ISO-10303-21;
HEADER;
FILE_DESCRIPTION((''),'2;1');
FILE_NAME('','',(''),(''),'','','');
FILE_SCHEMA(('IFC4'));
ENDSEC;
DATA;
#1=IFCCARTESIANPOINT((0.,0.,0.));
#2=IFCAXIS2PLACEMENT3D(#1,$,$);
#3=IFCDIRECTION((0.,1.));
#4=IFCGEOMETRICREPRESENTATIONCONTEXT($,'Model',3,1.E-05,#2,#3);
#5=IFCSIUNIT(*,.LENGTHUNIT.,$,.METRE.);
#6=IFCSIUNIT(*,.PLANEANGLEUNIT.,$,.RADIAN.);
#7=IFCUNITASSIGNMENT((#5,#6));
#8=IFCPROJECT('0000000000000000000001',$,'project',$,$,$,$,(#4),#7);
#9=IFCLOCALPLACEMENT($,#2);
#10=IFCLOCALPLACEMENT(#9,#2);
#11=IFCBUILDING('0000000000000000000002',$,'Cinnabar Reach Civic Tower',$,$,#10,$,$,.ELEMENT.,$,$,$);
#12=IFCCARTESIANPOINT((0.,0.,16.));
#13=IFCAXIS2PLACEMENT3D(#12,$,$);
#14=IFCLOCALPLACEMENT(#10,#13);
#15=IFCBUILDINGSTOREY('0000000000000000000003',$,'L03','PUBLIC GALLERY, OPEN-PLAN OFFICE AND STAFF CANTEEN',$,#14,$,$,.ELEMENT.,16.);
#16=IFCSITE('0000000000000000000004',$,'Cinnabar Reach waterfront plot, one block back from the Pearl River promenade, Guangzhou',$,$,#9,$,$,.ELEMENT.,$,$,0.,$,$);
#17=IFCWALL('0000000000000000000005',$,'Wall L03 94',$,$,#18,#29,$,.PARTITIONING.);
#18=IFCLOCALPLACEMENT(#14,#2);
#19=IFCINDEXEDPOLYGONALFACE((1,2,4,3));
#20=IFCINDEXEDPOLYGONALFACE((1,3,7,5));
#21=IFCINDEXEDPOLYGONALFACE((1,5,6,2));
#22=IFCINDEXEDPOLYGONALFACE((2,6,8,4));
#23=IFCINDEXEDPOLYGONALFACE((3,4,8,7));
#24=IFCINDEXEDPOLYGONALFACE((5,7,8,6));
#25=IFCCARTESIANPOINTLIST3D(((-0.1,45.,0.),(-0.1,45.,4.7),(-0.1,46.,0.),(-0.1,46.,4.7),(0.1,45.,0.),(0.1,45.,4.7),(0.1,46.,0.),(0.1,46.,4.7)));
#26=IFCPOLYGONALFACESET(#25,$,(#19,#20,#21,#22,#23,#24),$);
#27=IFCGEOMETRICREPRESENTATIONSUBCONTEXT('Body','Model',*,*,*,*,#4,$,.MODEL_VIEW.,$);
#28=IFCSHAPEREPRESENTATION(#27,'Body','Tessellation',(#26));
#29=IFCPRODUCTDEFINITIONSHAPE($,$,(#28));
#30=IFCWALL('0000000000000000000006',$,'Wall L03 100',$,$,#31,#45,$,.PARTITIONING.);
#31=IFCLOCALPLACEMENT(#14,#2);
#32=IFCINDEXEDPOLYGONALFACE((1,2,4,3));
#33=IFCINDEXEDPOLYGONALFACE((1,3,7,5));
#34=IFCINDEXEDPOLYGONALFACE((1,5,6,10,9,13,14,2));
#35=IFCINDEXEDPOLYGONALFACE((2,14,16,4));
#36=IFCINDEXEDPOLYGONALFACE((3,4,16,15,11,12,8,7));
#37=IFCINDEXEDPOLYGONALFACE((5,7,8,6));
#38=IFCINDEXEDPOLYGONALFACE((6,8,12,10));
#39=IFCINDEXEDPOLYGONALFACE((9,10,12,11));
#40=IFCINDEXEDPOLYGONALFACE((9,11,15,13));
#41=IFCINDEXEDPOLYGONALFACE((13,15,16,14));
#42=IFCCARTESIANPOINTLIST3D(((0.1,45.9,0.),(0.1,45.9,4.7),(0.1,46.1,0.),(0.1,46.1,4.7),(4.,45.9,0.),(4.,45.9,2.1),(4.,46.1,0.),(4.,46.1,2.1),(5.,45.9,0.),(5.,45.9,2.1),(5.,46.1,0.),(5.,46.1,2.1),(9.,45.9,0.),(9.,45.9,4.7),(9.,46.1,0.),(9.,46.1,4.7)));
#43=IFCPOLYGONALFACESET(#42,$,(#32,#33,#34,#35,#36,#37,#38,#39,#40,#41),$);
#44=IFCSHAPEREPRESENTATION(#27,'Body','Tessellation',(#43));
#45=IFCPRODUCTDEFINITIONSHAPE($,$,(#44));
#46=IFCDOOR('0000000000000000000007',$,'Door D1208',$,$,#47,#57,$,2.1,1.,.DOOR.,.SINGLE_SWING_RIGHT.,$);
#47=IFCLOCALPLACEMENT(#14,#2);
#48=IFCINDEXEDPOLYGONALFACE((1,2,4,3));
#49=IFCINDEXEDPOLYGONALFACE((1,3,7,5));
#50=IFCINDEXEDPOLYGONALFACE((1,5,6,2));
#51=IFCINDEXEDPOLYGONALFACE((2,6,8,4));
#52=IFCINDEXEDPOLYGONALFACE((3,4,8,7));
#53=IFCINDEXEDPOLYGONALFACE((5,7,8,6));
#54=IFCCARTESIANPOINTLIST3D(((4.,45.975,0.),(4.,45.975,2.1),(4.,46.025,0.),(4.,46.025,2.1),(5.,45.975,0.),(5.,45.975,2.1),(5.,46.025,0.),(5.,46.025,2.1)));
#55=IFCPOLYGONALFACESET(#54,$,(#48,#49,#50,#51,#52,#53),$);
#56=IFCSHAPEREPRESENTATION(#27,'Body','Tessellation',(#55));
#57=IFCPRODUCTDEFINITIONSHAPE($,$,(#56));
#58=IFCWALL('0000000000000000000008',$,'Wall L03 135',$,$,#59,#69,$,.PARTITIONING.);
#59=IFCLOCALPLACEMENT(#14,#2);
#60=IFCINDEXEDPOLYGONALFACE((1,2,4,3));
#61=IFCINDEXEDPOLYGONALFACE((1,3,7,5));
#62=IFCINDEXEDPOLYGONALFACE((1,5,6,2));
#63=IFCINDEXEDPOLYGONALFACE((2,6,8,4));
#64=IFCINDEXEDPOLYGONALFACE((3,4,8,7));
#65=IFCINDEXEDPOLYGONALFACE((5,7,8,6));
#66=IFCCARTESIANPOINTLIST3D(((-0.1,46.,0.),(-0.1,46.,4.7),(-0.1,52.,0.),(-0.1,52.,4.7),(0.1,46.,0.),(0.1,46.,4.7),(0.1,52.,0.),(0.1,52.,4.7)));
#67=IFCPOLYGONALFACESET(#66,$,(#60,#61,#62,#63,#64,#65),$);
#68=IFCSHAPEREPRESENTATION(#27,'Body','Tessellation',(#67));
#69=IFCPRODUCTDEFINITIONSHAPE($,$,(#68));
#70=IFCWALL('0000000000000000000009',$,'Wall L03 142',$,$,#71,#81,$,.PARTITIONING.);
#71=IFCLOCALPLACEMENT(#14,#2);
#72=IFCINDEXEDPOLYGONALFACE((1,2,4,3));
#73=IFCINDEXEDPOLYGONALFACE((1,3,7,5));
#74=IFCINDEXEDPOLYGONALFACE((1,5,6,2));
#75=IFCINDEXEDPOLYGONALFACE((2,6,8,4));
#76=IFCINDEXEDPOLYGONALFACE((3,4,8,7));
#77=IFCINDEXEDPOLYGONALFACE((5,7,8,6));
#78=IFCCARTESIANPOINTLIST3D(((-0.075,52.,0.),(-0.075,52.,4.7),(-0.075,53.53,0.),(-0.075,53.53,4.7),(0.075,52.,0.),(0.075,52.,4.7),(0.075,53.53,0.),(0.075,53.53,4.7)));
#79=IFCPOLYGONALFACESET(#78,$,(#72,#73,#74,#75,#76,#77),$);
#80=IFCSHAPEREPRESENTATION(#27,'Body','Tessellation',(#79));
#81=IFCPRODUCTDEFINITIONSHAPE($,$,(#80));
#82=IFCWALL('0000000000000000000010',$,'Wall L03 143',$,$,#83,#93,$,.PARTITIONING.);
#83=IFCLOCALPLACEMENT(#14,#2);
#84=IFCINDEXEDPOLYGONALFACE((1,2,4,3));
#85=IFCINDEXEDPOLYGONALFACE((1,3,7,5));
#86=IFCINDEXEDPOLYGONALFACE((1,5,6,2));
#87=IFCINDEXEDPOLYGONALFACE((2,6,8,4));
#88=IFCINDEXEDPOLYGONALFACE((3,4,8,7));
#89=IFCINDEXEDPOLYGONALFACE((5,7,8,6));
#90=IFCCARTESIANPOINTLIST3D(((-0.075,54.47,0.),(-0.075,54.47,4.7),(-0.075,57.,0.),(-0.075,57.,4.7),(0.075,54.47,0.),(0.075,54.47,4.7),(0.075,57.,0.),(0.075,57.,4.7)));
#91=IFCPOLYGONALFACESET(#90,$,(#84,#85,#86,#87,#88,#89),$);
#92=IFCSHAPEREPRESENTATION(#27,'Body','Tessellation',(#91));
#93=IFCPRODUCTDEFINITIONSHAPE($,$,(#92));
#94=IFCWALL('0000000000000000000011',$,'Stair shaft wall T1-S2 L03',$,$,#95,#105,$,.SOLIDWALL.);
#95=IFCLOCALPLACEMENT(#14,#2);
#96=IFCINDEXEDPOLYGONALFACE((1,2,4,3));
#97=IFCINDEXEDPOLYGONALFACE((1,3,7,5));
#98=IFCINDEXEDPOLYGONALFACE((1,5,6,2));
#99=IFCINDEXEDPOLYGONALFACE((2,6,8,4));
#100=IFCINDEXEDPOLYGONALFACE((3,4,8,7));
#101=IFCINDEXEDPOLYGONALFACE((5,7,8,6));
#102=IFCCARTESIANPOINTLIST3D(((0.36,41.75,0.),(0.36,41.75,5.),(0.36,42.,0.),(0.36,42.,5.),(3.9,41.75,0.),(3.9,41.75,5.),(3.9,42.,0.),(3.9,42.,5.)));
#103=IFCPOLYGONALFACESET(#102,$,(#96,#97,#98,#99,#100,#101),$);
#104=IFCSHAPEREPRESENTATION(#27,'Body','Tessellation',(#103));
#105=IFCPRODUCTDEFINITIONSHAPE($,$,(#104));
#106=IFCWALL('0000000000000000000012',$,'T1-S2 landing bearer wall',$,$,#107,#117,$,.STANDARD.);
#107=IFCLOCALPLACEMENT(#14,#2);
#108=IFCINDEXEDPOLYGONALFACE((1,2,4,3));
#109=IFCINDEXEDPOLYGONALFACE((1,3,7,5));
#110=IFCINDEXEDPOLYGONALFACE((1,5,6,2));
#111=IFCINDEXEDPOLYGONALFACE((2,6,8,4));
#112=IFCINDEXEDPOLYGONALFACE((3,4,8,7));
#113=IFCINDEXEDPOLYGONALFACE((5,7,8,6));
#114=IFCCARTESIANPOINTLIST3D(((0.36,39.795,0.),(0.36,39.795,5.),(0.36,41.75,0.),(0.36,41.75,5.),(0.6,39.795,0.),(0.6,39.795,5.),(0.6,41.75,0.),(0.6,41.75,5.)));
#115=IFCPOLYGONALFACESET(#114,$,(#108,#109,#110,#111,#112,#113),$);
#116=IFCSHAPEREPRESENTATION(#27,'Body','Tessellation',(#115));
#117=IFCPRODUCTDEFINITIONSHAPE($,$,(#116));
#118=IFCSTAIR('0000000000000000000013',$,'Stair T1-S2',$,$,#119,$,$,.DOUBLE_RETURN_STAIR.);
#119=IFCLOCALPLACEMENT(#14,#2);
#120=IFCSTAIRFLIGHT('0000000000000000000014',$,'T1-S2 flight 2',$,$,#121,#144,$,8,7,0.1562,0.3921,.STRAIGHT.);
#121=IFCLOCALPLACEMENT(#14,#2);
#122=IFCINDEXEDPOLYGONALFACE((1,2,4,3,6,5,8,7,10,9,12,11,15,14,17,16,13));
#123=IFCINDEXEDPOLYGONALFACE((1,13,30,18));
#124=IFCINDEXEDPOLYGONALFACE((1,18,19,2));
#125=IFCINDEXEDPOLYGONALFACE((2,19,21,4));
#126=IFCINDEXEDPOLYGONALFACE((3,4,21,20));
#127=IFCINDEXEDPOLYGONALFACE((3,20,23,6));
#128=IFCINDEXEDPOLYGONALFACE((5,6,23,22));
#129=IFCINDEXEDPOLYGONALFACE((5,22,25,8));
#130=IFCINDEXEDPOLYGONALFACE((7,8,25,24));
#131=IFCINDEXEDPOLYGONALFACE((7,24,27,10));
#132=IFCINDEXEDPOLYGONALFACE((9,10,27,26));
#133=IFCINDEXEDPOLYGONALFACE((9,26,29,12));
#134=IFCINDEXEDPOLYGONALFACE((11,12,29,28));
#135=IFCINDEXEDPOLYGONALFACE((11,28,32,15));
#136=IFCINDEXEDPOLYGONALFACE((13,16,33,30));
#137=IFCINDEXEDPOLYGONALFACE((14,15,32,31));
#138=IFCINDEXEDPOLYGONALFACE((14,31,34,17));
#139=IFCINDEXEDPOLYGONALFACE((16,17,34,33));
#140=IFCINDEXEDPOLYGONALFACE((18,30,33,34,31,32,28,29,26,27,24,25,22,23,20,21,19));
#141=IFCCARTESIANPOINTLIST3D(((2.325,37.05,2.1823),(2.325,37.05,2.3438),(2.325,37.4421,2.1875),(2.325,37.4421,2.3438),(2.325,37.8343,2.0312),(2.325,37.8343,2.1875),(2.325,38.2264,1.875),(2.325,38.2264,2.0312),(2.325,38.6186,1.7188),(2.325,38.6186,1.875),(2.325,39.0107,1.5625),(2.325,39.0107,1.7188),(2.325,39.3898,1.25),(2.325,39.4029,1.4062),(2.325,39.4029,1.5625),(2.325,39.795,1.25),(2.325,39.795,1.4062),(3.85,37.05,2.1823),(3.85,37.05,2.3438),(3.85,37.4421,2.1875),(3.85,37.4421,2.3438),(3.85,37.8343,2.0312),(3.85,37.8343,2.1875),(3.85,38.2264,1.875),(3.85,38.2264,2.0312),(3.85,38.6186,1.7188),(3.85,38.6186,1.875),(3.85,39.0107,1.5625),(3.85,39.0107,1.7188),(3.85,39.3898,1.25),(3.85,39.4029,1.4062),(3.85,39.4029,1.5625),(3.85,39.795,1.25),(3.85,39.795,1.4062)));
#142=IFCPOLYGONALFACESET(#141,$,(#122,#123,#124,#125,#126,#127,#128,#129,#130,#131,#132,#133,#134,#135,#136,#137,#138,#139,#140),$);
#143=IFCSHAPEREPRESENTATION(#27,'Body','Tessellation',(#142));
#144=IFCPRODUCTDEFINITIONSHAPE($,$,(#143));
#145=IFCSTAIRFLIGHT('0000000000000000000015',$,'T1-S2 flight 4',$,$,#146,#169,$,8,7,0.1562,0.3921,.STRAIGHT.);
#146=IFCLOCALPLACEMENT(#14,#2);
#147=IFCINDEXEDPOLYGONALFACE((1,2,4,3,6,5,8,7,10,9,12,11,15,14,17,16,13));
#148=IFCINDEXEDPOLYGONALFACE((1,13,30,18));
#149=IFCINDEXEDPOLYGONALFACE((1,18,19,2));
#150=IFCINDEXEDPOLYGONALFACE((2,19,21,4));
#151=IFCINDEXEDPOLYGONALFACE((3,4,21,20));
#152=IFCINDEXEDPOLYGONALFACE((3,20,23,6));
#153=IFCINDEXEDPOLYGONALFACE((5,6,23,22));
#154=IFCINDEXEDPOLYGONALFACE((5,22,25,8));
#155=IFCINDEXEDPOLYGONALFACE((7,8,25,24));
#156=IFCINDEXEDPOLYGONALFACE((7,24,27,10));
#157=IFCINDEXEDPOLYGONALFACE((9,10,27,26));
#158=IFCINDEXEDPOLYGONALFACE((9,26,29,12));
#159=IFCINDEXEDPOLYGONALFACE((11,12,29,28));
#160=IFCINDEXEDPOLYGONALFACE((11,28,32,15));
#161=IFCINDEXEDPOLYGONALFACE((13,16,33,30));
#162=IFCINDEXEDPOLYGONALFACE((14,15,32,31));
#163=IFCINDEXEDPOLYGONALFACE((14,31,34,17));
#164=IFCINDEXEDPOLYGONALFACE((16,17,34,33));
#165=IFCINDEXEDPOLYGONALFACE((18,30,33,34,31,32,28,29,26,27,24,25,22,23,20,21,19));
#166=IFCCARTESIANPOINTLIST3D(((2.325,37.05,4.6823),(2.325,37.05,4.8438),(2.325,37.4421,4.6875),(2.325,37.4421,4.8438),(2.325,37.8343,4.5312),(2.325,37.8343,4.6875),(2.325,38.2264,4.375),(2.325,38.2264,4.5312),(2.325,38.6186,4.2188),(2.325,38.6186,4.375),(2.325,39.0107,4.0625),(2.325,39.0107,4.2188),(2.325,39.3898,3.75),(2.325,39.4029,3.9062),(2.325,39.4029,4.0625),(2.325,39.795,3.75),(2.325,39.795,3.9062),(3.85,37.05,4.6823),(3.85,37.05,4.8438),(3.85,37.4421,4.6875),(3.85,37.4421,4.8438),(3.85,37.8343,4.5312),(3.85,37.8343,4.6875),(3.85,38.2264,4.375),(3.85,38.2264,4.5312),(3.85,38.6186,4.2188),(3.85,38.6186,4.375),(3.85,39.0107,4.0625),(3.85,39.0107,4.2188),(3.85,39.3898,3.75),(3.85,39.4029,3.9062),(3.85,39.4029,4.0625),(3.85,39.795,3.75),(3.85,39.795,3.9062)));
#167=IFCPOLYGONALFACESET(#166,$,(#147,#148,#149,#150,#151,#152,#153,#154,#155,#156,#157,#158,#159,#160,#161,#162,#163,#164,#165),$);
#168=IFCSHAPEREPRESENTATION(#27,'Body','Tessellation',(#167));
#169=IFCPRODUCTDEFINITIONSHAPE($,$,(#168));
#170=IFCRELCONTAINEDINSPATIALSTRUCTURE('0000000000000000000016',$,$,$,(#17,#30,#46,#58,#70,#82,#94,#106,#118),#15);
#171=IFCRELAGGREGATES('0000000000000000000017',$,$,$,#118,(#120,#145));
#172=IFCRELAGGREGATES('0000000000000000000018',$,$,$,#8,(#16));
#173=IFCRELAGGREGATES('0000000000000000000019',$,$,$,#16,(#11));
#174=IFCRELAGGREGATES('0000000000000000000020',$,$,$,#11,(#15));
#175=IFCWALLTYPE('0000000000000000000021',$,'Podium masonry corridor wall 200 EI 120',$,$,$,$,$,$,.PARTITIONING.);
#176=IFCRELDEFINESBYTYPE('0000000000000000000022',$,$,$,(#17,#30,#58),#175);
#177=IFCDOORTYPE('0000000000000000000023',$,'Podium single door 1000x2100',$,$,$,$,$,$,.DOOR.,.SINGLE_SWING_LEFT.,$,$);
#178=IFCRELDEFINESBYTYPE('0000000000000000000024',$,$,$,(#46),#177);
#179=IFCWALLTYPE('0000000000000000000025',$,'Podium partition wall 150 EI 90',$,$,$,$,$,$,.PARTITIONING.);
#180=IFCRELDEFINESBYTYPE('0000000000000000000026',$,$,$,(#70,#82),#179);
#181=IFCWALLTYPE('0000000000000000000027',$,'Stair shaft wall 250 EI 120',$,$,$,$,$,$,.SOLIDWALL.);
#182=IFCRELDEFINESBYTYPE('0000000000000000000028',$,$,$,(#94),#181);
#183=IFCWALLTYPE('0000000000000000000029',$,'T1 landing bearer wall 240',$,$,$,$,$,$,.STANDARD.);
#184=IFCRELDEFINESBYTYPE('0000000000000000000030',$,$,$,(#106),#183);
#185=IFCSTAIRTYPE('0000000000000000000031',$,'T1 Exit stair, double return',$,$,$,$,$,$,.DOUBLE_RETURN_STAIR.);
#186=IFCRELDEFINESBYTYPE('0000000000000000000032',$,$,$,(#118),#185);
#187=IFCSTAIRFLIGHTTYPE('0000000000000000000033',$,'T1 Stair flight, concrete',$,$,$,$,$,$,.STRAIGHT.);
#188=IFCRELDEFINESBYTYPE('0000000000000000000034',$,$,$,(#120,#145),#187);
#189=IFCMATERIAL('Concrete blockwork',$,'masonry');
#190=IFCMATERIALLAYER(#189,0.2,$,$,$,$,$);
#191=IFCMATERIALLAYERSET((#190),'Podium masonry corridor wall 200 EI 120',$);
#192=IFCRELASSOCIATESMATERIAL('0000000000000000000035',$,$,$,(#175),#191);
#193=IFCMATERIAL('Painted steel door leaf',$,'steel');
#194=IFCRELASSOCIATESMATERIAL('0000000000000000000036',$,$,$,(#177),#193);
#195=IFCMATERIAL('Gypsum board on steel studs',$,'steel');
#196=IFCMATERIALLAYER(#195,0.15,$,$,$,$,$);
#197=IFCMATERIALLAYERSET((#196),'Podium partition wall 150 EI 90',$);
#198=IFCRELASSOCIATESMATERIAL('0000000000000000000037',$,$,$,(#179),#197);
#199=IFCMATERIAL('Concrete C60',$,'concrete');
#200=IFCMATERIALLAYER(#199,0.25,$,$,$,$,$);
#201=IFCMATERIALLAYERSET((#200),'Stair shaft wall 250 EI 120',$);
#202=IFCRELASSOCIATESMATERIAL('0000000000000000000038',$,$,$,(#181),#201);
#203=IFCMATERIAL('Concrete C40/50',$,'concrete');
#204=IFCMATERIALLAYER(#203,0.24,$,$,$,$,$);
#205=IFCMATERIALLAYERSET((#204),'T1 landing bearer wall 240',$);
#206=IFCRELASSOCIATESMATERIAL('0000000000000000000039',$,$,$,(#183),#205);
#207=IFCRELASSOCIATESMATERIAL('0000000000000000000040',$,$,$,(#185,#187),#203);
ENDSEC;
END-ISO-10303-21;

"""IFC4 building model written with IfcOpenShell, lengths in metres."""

from ifc_helpers import new_model, si_unit, direction, frame, frame_2d, origin, place, context, subcontext, project, spatial, polyline, rectangle, outline, extrude, material, layer, layer_set, type_object, element, fill, aggregate, save


model = new_model("IFC4")

# Units and contexts
model_context = context("Model", 3, precision=1e-05, world=origin(), true_north=direction((0.0, 1.0)))
body_context = subcontext(model_context, "Body", "Model", "MODEL_VIEW")
ifc_project = project(units=[si_unit("LENGTHUNIT", "METRE"), si_unit("PLANEANGLEUNIT", "RADIAN")], contexts=[model_context])

# Site, building, storey
site_placement = place(None, origin())
site = spatial("IfcSite", under=ifc_project, at=site_placement, Name="Cinnabar Reach waterfront plot, one block back from the Pearl River promenade, Guangzhou", CompositionType="ELEMENT", RefElevation=0.0)
building_placement = place(site_placement, origin())
building = spatial("IfcBuilding", under=site, at=building_placement, Name="Cinnabar Reach Civic Tower", CompositionType="ELEMENT")
storey_placement = place(building_placement, frame((0.0, 0.0, 16.0)))
storey = spatial("IfcBuildingStorey", under=building, at=storey_placement, Name="L03", Description="PUBLIC GALLERY, OPEN-PLAN OFFICE AND STAFF CANTEEN", CompositionType="ELEMENT", Elevation=16.0)

# Wall
ifc_material_1 = material(Name="Gypsum board on steel studs", Category="steel")
ifc_material_2 = material(Name="Concrete blockwork", Category="masonry")
ifc_layer_1 = layer(ifc_material_2, 0.2)
ifc_layer_set_1 = layer_set([ifc_layer_1], Name="Podium masonry corridor wall 200 EI 120")
wall_type_1 = type_object("IfcWallType", Name="Podium masonry corridor wall 200 EI 120", PredefinedType="PARTITIONING", material=ifc_layer_set_1)
wall_1_placement = place(storey_placement, frame((0.0, 45.0, 0.0), z_axis=(0.0, 0.0, 1.0), x_axis=(0.0, 1.0, 0.0)))
element("IfcWall", 1, at=wall_1_placement, inside=storey, type_object=wall_type_1, Name="Wall L03 94", PredefinedType="PARTITIONING", context=body_context, shape_type="SweptSolid", body=[
    extrude(rectangle(XDim=1.0, YDim=0.2, at=frame_2d((0.5, 0.0))), origin(), (0.0, 0.0, 1.0), 4.7),
])

# Wall, opening, door
wall_2_placement = place(storey_placement, frame((0.1, 46.0, 0.0), z_axis=(0.0, 0.0, 1.0), x_axis=(1.0, 0.0, 0.0)))
wall_2 = element("IfcWall", 2, at=wall_2_placement, inside=storey, type_object=wall_type_1, Name="Wall L03 100", PredefinedType="PARTITIONING", context=body_context, shape_type="SweptSolid", body=[
    extrude(rectangle(XDim=8.9, YDim=0.2, at=frame_2d((4.45, 0.0))), origin(), (0.0, 0.0, 1.0), 4.7),
])
opening_1_placement = place(wall_2_placement, frame((3.9, 0.0, 0.0)))
opening_1 = element("IfcOpeningElement", 3, at=opening_1_placement, cuts=wall_2, PredefinedType="OPENING", context=body_context, shape_type="SweptSolid", body=[
    extrude(rectangle(XDim=1.0, YDim=2.1, at=frame_2d((0.5, 1.05))), frame((0.0, 0.11, 0.0), z_axis=(0.0, -1.0, 0.0), x_axis=(1.0, 0.0, 0.0)), (0.0, 0.0, 1.0), 0.22),
])
ifc_material_3 = material(Name="Painted steel door leaf", Category="steel")
door_type_1 = type_object("IfcDoorType", Name="Podium single door 1000x2100", OperationType="SINGLE_SWING_LEFT", PredefinedType="DOOR", material=ifc_material_3)
door_1_placement = place(opening_1_placement, frame((1.0, 0.0, 0.0), z_axis=(0.0, 0.0, 1.0), x_axis=(-1.0, 0.0, 0.0)))
door_1 = element("IfcDoor", 4, at=door_1_placement, inside=storey, type_object=door_type_1, Name="Door D1208", OperationType="SINGLE_SWING_RIGHT", OverallHeight=2.1, OverallWidth=1.0, PredefinedType="DOOR", context=body_context, shape_type="SweptSolid", body=[
    extrude(rectangle(XDim=1.0, YDim=2.1, at=frame_2d((0.5, 1.05))), frame((0.0, 0.025, 0.0), z_axis=(0.0, -1.0, 0.0), x_axis=(1.0, 0.0, 0.0)), (0.0, 0.0, 1.0), 0.05),
])
fill(opening_1, door_1)

# Walls
wall_3_placement = place(storey_placement, frame((0.0, 46.0, 0.0), z_axis=(0.0, 0.0, 1.0), x_axis=(0.0, 1.0, 0.0)))
element("IfcWall", 5, at=wall_3_placement, inside=storey, type_object=wall_type_1, Name="Wall L03 135", PredefinedType="PARTITIONING", context=body_context, shape_type="SweptSolid", body=[
    extrude(rectangle(XDim=6.0, YDim=0.2, at=frame_2d((3.0, 0.0))), origin(), (0.0, 0.0, 1.0), 4.7),
])
ifc_layer_2 = layer(ifc_material_1, 0.15)
ifc_layer_set_2 = layer_set([ifc_layer_2], Name="Podium partition wall 150 EI 90")
wall_type_2 = type_object("IfcWallType", Name="Podium partition wall 150 EI 90", PredefinedType="PARTITIONING", material=ifc_layer_set_2)
wall_4_placement = place(storey_placement, frame((0.0, 52.0, 0.0), z_axis=(0.0, 0.0, 1.0), x_axis=(0.0, 1.0, 0.0)))
element("IfcWall", 6, at=wall_4_placement, inside=storey, type_object=wall_type_2, Name="Wall L03 142", PredefinedType="PARTITIONING", context=body_context, shape_type="SweptSolid", body=[
    extrude(rectangle(XDim=1.53, YDim=0.15, at=frame_2d((0.765, 0.0))), origin(), (0.0, 0.0, 1.0), 4.7),
])
wall_5_placement = place(storey_placement, frame((0.0, 54.47, 0.0), z_axis=(0.0, 0.0, 1.0), x_axis=(0.0, 1.0, 0.0)))
element("IfcWall", 7, at=wall_5_placement, inside=storey, type_object=wall_type_2, Name="Wall L03 143", PredefinedType="PARTITIONING", context=body_context, shape_type="SweptSolid", body=[
    extrude(rectangle(XDim=2.53, YDim=0.15, at=frame_2d((1.265, 0.0))), origin(), (0.0, 0.0, 1.0), 4.7),
])
ifc_material_4 = material(Name="Concrete C60", Category="concrete")
ifc_layer_3 = layer(ifc_material_4, 0.25)
ifc_layer_set_3 = layer_set([ifc_layer_3], Name="Stair shaft wall 250 EI 120")
wall_type_3 = type_object("IfcWallType", Name="Stair shaft wall 250 EI 120", PredefinedType="SOLIDWALL", material=ifc_layer_set_3)
wall_6_placement = place(storey_placement, frame((3.9, 41.875, 0.0), z_axis=(0.0, 0.0, 1.0), x_axis=(-1.0, 0.0, 0.0)))
element("IfcWall", 8, at=wall_6_placement, inside=storey, type_object=wall_type_3, Name="Stair shaft wall T1-S2 L03", PredefinedType="SOLIDWALL", context=body_context, shape_type="SweptSolid", body=[
    extrude(rectangle(XDim=3.54, YDim=0.25, at=frame_2d((1.77, 0.0))), origin(), (0.0, 0.0, 1.0), 5.0),
])
ifc_material_5 = material(Name="Concrete C40/50", Category="concrete")
ifc_layer_4 = layer(ifc_material_5, 0.24)
ifc_layer_set_4 = layer_set([ifc_layer_4], Name="T1 landing bearer wall 240")
wall_type_4 = type_object("IfcWallType", Name="T1 landing bearer wall 240", PredefinedType="STANDARD", material=ifc_layer_set_4)
wall_7_placement = place(storey_placement, frame((0.48, 39.795, 0.0), z_axis=(0.0, 0.0, 1.0), x_axis=(0.0, 1.0, 0.0)))
element("IfcWall", 9, at=wall_7_placement, inside=storey, type_object=wall_type_4, Name="T1-S2 landing bearer wall", PredefinedType="STANDARD", context=body_context, shape_type="SweptSolid", body=[
    extrude(rectangle(XDim=1.955, YDim=0.24, at=frame_2d((0.9775, 0.0))), origin(), (0.0, 0.0, 1.0), 5.0),
])

# Stair, stair flights
stair_type = type_object("IfcStairType", Name="T1 Exit stair, double return", PredefinedType="DOUBLE_RETURN_STAIR", material=ifc_material_5)
stair_placement = place(storey_placement, origin())
stair = element("IfcStair", 10, at=stair_placement, inside=storey, type_object=stair_type, Name="Stair T1-S2", PredefinedType="DOUBLE_RETURN_STAIR")
stair_flight_type = type_object("IfcStairFlightType", Name="T1 Stair flight, concrete", PredefinedType="STRAIGHT", material=ifc_material_5)
stair_flight_1_placement = place(storey_placement, frame((3.0875, 39.795, 1.25), z_axis=(0.0, 0.0, 1.0), x_axis=(0.0, -1.0, 0.0)))
stair_flight_1 = element("IfcStairFlight", 11, at=stair_flight_1_placement, type_object=stair_flight_type, Name="T1-S2 flight 2", NumberOfRisers=8, NumberOfTreads=7, PredefinedType="STRAIGHT", RiserHeight=0.1562, TreadLength=0.3921, context=body_context, shape_type="SweptSolid", body=[
    extrude(outline(polyline([(0.0, 0.0), (0.0, 0.1562), (0.3921, 0.1562), (0.3921, 0.3125), (0.7843, 0.3125), (0.7843, 0.4688), (1.1764, 0.4688), (1.1764, 0.625), (1.5686, 0.625), (1.5686, 0.7812), (1.9607, 0.7812), (1.9607, 0.9375), (2.3529, 0.9375), (2.3529, 1.0938), (2.745, 1.0938), (2.745, 1.25), (2.745, 0.9323), (0.4052, 0.0), (0.0, 0.0)])), frame((0.0, 0.7625, 0.0), z_axis=(0.0, -1.0, 0.0), x_axis=(1.0, 0.0, 0.0)), (0.0, 0.0, 1.0), 1.525),
])
stair_flight_2_placement = place(storey_placement, frame((3.0875, 39.795, 3.75), z_axis=(0.0, 0.0, 1.0), x_axis=(0.0, -1.0, 0.0)))
stair_flight_2 = element("IfcStairFlight", 12, at=stair_flight_2_placement, type_object=stair_flight_type, Name="T1-S2 flight 4", NumberOfRisers=8, NumberOfTreads=7, PredefinedType="STRAIGHT", RiserHeight=0.1562, TreadLength=0.3921, context=body_context, shape_type="SweptSolid", body=[
    extrude(outline(polyline([(0.0, 0.0), (0.0, 0.1562), (0.3921, 0.1562), (0.3921, 0.3125), (0.7843, 0.3125), (0.7843, 0.4688), (1.1764, 0.4688), (1.1764, 0.625), (1.5686, 0.625), (1.5686, 0.7812), (1.9607, 0.7812), (1.9607, 0.9375), (2.3529, 0.9375), (2.3529, 1.0938), (2.745, 1.0938), (2.745, 1.25), (2.745, 0.9323), (0.4052, 0.0), (0.0, 0.0)])), frame((0.0, 0.7625, 0.0), z_axis=(0.0, -1.0, 0.0), x_axis=(1.0, 0.0, 0.0)), (0.0, 0.0, 1.0), 1.525),
])
aggregate(stair, [stair_flight_1, stair_flight_2])

save(model, "model.ifc")
